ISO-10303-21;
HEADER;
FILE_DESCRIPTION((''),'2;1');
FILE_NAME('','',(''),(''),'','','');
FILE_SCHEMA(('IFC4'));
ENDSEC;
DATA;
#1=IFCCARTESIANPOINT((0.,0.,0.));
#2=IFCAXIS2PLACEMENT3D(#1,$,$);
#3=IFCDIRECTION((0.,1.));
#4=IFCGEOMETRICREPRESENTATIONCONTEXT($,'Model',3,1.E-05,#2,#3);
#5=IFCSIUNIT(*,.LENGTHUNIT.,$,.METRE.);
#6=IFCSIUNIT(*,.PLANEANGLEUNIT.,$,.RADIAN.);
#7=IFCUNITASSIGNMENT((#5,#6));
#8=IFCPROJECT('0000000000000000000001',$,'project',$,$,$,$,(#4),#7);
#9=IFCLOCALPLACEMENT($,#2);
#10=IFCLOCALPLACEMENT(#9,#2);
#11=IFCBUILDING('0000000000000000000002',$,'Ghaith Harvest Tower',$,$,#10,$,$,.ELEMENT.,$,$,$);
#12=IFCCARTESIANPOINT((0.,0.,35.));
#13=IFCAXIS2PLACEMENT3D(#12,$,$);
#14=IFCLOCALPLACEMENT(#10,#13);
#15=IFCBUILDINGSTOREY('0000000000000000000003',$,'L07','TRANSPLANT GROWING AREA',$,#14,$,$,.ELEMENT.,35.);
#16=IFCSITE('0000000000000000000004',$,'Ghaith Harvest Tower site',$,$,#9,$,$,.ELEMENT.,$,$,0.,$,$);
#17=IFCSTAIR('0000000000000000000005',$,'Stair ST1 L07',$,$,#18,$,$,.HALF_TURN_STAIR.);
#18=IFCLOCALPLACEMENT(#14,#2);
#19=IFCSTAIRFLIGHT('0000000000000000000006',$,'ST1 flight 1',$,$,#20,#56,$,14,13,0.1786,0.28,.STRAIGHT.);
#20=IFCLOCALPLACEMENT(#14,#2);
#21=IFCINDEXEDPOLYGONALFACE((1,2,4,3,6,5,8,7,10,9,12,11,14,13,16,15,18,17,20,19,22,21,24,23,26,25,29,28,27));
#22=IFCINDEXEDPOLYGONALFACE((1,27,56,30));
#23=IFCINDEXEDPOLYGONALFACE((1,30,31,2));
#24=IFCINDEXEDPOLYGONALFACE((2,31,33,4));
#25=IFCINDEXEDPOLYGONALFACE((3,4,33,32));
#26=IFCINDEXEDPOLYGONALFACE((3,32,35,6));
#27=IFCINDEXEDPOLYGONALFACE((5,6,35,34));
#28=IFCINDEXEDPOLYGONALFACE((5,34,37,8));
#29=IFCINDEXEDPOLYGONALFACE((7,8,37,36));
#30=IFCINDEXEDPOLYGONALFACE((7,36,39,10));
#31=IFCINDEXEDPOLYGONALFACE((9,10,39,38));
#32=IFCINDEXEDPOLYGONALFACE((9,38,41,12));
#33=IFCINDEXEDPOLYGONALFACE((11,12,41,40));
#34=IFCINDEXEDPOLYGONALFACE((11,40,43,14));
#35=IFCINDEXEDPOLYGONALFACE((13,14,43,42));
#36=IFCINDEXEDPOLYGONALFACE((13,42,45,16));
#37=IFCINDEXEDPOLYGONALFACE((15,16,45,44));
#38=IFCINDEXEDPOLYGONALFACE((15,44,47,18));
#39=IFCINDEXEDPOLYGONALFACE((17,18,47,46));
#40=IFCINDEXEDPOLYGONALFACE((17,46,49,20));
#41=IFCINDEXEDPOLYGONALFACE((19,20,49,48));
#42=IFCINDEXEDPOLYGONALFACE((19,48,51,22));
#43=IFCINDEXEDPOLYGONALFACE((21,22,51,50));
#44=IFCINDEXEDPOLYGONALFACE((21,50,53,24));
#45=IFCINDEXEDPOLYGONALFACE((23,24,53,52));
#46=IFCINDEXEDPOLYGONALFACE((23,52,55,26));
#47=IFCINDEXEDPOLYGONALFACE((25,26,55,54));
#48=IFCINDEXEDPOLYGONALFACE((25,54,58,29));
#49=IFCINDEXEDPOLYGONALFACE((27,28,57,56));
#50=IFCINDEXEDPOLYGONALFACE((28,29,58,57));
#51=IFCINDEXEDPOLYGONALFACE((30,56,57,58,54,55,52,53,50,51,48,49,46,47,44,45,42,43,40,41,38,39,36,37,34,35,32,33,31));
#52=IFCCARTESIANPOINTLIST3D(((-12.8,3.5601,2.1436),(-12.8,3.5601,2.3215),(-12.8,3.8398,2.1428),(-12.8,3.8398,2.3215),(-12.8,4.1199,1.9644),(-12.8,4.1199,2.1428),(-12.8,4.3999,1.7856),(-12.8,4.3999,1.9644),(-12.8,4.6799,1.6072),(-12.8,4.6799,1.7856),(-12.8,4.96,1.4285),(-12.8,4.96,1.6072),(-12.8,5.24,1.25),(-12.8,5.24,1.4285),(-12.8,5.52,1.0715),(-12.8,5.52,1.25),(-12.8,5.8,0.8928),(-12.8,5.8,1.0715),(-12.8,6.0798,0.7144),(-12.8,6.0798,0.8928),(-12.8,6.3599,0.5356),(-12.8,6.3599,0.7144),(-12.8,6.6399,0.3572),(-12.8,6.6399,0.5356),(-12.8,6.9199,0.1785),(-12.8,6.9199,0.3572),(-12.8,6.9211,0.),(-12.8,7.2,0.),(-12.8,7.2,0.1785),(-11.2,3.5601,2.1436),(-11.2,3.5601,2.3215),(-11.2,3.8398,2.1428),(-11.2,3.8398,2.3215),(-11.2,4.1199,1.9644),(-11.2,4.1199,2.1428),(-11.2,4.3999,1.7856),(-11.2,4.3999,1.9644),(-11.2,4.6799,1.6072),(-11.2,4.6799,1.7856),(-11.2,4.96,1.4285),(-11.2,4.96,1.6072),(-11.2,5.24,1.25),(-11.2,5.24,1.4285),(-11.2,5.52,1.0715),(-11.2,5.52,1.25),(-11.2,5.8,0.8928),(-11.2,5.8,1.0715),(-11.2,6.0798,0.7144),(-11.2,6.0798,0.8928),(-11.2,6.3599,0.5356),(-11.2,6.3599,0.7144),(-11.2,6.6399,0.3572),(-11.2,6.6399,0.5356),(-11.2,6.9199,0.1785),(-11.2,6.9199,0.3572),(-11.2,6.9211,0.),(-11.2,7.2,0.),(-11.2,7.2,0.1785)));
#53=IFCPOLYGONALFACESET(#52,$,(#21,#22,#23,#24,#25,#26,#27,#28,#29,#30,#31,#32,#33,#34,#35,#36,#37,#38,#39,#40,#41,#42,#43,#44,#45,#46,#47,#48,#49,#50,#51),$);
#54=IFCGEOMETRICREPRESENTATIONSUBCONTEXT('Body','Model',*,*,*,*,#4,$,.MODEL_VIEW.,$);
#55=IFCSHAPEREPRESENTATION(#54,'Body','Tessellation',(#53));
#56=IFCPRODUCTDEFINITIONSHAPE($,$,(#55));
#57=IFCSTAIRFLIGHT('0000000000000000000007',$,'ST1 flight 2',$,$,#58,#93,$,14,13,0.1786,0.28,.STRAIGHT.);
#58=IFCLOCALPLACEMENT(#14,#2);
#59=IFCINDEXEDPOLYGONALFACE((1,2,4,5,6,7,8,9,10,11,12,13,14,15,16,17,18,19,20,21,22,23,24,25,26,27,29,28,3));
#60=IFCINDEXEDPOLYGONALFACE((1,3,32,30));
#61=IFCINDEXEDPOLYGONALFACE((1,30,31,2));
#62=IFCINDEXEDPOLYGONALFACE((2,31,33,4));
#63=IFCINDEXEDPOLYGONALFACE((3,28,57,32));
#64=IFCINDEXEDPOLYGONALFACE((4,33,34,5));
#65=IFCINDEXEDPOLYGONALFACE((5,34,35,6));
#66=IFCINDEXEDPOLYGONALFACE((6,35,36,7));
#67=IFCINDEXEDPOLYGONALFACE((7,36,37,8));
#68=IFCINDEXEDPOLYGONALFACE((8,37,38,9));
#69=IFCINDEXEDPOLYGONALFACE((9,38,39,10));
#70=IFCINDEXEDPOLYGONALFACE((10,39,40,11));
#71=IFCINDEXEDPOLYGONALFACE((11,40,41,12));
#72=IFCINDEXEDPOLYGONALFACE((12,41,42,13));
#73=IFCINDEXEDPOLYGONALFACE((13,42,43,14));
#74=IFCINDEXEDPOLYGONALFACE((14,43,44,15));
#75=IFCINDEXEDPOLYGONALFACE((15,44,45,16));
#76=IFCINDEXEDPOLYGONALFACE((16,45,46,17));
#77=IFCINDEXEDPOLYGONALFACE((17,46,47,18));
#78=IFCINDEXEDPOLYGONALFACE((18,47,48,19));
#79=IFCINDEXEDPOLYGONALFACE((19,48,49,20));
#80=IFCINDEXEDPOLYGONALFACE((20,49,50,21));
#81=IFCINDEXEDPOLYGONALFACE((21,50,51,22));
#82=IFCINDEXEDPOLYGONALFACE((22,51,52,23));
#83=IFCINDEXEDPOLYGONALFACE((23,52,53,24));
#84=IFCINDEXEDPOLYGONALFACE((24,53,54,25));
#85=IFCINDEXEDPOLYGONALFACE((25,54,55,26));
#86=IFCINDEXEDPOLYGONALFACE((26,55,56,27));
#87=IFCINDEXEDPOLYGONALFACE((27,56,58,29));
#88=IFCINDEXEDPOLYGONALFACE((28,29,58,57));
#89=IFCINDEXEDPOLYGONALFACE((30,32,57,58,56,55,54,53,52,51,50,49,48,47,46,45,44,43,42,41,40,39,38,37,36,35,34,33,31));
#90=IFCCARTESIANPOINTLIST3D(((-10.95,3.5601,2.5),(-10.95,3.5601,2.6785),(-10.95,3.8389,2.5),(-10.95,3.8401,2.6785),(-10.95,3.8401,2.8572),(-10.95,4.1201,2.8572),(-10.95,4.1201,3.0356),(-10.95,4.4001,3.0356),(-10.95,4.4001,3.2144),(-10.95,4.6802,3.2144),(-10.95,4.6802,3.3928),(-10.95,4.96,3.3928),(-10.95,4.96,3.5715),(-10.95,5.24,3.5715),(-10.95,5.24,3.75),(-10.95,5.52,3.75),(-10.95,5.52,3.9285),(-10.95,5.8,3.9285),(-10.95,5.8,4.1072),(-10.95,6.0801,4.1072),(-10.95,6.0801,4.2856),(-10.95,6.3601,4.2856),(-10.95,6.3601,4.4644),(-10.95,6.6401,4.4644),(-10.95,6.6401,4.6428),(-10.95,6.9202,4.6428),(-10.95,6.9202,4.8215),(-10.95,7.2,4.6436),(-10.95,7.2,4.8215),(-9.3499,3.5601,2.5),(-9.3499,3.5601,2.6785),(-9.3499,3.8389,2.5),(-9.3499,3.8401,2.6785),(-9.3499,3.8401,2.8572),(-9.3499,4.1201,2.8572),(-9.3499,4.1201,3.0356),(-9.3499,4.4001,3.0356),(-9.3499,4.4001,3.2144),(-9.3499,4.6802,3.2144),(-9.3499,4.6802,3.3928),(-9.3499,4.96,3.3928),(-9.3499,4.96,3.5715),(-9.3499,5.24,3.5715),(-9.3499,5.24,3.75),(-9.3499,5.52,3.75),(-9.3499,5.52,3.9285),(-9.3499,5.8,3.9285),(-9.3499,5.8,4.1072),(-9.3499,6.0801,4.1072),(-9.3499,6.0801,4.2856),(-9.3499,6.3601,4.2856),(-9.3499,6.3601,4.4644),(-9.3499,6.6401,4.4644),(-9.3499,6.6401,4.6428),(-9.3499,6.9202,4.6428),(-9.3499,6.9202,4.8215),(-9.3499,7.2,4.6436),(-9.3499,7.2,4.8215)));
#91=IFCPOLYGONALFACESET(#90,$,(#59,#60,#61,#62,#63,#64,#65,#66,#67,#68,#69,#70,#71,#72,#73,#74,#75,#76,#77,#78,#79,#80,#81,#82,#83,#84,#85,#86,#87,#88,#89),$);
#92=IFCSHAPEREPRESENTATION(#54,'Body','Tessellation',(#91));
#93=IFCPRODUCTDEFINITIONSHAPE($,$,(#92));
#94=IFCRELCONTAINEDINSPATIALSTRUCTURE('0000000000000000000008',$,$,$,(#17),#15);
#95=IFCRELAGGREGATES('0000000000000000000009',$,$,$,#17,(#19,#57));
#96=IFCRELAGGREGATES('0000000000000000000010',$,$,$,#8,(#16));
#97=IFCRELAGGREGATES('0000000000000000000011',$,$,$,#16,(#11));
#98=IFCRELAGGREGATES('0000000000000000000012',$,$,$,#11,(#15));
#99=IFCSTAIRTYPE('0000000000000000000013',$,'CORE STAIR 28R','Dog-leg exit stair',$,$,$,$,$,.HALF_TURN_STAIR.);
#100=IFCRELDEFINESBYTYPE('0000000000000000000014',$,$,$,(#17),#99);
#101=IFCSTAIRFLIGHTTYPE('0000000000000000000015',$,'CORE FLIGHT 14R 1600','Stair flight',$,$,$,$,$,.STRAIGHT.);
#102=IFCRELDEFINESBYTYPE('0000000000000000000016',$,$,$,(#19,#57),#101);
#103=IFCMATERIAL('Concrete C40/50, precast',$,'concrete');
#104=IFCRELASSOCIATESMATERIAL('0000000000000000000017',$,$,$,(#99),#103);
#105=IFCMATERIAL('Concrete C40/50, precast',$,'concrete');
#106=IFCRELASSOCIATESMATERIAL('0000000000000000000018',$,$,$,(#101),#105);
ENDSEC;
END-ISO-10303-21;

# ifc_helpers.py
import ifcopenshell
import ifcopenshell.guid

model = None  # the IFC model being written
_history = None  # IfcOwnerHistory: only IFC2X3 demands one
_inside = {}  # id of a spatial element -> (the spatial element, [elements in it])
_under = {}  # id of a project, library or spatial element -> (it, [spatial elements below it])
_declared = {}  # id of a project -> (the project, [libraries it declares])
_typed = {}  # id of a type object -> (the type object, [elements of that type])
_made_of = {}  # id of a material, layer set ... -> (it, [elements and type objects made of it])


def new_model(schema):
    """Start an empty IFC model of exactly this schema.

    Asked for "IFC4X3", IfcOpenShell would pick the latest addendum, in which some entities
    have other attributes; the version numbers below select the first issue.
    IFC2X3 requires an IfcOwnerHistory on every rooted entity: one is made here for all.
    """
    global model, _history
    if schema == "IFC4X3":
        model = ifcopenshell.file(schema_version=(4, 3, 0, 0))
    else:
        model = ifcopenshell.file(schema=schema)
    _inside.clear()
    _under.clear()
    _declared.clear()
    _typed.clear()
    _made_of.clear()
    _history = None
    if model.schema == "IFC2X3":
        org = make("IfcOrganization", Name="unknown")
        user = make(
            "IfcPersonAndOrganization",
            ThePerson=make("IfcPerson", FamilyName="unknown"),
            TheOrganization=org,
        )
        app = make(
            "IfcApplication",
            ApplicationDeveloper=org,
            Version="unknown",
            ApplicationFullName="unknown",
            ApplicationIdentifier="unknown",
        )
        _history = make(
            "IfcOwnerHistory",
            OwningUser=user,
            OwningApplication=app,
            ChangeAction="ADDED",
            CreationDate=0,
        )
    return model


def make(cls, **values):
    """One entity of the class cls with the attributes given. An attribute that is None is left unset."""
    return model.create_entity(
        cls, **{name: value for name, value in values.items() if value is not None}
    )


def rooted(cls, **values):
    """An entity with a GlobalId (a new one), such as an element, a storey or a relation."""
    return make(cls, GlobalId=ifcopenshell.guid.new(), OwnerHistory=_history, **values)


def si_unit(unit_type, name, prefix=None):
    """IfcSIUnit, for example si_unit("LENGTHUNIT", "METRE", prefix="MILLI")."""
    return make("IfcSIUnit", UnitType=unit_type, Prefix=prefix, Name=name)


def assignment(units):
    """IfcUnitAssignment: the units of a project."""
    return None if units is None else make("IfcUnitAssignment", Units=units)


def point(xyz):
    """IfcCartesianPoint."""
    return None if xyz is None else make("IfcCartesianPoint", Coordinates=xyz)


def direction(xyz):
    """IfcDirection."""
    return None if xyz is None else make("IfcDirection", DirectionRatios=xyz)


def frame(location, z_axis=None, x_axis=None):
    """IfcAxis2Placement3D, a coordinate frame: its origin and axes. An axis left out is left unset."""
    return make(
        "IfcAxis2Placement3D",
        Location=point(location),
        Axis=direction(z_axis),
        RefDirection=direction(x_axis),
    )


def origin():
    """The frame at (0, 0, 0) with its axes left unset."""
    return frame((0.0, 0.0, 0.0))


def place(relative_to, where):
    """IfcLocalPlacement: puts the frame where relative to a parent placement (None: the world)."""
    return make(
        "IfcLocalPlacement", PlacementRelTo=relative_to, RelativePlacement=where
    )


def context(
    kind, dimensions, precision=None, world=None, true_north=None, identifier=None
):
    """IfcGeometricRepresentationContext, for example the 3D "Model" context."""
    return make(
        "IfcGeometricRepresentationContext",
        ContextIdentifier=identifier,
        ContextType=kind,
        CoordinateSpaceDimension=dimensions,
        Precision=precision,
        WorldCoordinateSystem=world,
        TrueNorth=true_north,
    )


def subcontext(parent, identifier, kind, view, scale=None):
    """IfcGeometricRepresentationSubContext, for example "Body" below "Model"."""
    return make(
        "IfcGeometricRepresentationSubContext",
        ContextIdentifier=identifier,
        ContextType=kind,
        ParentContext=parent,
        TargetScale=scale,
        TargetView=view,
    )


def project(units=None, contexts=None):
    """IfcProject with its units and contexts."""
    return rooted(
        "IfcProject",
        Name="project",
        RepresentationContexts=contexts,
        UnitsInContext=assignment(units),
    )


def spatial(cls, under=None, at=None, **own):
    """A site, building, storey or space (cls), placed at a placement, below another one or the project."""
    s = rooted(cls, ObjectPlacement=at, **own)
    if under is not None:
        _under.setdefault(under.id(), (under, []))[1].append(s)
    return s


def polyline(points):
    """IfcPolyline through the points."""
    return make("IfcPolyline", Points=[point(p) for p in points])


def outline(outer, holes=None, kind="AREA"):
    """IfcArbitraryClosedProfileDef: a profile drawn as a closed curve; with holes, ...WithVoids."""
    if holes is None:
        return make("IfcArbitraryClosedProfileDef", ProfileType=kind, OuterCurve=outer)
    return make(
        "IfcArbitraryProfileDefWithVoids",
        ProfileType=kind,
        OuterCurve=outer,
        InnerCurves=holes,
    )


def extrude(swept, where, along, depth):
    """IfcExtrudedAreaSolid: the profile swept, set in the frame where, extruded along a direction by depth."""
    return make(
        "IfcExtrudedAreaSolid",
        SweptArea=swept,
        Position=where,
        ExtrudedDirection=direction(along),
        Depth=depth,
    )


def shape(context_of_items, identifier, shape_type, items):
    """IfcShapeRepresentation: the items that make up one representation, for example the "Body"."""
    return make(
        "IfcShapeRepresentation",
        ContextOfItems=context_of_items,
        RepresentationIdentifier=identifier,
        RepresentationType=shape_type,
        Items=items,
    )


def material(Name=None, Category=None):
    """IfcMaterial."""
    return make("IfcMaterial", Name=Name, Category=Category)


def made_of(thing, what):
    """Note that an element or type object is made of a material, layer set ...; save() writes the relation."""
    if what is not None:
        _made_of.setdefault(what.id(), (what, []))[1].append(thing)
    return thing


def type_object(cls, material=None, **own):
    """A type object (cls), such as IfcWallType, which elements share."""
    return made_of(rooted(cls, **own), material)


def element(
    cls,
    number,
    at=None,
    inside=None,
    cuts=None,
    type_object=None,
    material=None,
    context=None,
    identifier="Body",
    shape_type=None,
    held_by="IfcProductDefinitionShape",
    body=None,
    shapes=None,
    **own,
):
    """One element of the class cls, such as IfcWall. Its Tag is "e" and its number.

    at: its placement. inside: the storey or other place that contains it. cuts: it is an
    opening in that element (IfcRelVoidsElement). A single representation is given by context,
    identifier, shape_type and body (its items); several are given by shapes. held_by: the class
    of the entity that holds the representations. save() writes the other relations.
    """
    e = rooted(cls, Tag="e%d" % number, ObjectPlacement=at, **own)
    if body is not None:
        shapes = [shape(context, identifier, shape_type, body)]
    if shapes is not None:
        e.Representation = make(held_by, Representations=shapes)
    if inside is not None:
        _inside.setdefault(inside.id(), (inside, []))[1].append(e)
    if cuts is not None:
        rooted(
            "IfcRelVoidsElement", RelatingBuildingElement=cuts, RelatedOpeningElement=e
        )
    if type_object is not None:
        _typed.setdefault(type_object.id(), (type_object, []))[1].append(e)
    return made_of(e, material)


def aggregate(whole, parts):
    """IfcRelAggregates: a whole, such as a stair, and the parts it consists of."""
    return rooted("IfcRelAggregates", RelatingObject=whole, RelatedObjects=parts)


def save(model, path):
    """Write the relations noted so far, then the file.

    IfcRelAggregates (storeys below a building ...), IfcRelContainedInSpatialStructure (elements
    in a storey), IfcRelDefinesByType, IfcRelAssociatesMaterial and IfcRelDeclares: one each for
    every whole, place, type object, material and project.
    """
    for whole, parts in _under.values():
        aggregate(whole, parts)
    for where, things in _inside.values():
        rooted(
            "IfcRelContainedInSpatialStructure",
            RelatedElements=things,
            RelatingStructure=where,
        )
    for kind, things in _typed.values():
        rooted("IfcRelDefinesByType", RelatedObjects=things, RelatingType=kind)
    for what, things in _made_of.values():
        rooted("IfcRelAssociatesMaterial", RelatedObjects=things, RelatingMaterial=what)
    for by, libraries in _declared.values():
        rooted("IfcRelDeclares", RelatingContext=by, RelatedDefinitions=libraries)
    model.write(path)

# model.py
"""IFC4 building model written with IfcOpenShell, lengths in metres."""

from ifc_helpers import new_model, si_unit, direction, frame, origin, place, context, subcontext, project, spatial, polyline, outline, extrude, material, type_object, element, aggregate, save


model = new_model("IFC4")

# Units and contexts
model_context = context("Model", 3, precision=1e-05, world=origin(), true_north=direction((0.0, 1.0)))
body_context = subcontext(model_context, "Body", "Model", "MODEL_VIEW")
ifc_project = project(units=[si_unit("LENGTHUNIT", "METRE"), si_unit("PLANEANGLEUNIT", "RADIAN")], contexts=[model_context])

# Site, building, storey
site_placement = place(None, origin())
site = spatial("IfcSite", under=ifc_project, at=site_placement, Name="Ghaith Harvest Tower site", CompositionType="ELEMENT", RefElevation=0.0)
building_placement = place(site_placement, origin())
building = spatial("IfcBuilding", under=site, at=building_placement, Name="Ghaith Harvest Tower", CompositionType="ELEMENT")
storey_placement = place(building_placement, frame((0.0, 0.0, 35.0)))
storey = spatial("IfcBuildingStorey", under=building, at=storey_placement, Name="L07", Description="TRANSPLANT GROWING AREA", CompositionType="ELEMENT", Elevation=35.0)

# Stair, stair flights
ifc_material_1 = material(Name="Concrete C40/50, precast", Category="concrete")
stair_type = type_object("IfcStairType", Name="CORE STAIR 28R", Description="Dog-leg exit stair", PredefinedType="HALF_TURN_STAIR", material=ifc_material_1)
stair_placement = place(storey_placement, origin())
stair = element("IfcStair", 1, at=stair_placement, inside=storey, type_object=stair_type, Name="Stair ST1 L07", PredefinedType="HALF_TURN_STAIR")
ifc_material_2 = material(Name="Concrete C40/50, precast", Category="concrete")
stair_flight_type = type_object("IfcStairFlightType", Name="CORE FLIGHT 14R 1600", Description="Stair flight", PredefinedType="STRAIGHT", material=ifc_material_2)
stair_flight_1_placement = place(storey_placement, frame((-12.0, 7.2, 0.0), z_axis=(0.0, 0.0, 1.0), x_axis=(0.0, -1.0, 0.0)))
stair_flight_1 = element("IfcStairFlight", 2, at=stair_flight_1_placement, type_object=stair_flight_type, Name="ST1 flight 1", NumberOfRisers=14, NumberOfTreads=13, PredefinedType="STRAIGHT", RiserHeight=0.1786, TreadLength=0.28, context=body_context, shape_type="SweptSolid", body=[
    extrude(outline(polyline([(0.0, 0.0), (0.0, 0.1785), (0.28, 0.1785), (0.28, 0.3572), (0.5601, 0.3572), (0.5601, 0.5356), (0.8401, 0.5356), (0.8401, 0.7144), (1.1201, 0.7144), (1.1201, 0.8928), (1.3999, 0.8928), (1.3999, 1.0715), (1.6799, 1.0715), (1.6799, 1.25), (1.96, 1.25), (1.96, 1.4285), (2.24, 1.4285), (2.24, 1.6072), (2.52, 1.6072), (2.52, 1.7856), (2.8, 1.7856), (2.8, 1.9644), (3.0801, 1.9644), (3.0801, 2.1428), (3.3601, 2.1428), (3.3601, 2.3215), (3.6399, 2.3215), (3.6399, 2.5), (3.6399, 2.1436), (0.2788, 0.0), (0.0, 0.0)])), frame((0.0, 0.8, 0.0), z_axis=(0.0, -1.0, 0.0), x_axis=(1.0, 0.0, 0.0)), (0.0, 0.0, 1.0), 1.6001),
])
stair_flight_2_placement = place(storey_placement, frame((-10.1499, 3.5601, 2.5), z_axis=(0.0, 0.0, 1.0), x_axis=(0.0, 1.0, 0.0)))
stair_flight_2 = element("IfcStairFlight", 3, at=stair_flight_2_placement, type_object=stair_flight_type, Name="ST1 flight 2", NumberOfRisers=14, NumberOfTreads=13, PredefinedType="STRAIGHT", RiserHeight=0.1786, TreadLength=0.28, context=body_context, shape_type="SweptSolid", body=[
    extrude(outline(polyline([(0.0, 0.0), (0.0, 0.1785), (0.28, 0.1785), (0.28, 0.3572), (0.5601, 0.3572), (0.5601, 0.5356), (0.8401, 0.5356), (0.8401, 0.7144), (1.1201, 0.7144), (1.1201, 0.8928), (1.3999, 0.8928), (1.3999, 1.0715), (1.6799, 1.0715), (1.6799, 1.25), (1.96, 1.25), (1.96, 1.4285), (2.24, 1.4285), (2.24, 1.6072), (2.52, 1.6072), (2.52, 1.7856), (2.8, 1.7856), (2.8, 1.9644), (3.0801, 1.9644), (3.0801, 2.1428), (3.3601, 2.1428), (3.3601, 2.3215), (3.6399, 2.3215), (3.6399, 2.5), (3.6399, 2.1436), (0.2788, 0.0), (0.0, 0.0)])), frame((0.0, 0.8, 0.0), z_axis=(0.0, -1.0, 0.0), x_axis=(1.0, 0.0, 0.0)), (0.0, 0.0, 1.0), 1.6001),
])
aggregate(stair, [stair_flight_1, stair_flight_2])

save(model, "model.ifc")
